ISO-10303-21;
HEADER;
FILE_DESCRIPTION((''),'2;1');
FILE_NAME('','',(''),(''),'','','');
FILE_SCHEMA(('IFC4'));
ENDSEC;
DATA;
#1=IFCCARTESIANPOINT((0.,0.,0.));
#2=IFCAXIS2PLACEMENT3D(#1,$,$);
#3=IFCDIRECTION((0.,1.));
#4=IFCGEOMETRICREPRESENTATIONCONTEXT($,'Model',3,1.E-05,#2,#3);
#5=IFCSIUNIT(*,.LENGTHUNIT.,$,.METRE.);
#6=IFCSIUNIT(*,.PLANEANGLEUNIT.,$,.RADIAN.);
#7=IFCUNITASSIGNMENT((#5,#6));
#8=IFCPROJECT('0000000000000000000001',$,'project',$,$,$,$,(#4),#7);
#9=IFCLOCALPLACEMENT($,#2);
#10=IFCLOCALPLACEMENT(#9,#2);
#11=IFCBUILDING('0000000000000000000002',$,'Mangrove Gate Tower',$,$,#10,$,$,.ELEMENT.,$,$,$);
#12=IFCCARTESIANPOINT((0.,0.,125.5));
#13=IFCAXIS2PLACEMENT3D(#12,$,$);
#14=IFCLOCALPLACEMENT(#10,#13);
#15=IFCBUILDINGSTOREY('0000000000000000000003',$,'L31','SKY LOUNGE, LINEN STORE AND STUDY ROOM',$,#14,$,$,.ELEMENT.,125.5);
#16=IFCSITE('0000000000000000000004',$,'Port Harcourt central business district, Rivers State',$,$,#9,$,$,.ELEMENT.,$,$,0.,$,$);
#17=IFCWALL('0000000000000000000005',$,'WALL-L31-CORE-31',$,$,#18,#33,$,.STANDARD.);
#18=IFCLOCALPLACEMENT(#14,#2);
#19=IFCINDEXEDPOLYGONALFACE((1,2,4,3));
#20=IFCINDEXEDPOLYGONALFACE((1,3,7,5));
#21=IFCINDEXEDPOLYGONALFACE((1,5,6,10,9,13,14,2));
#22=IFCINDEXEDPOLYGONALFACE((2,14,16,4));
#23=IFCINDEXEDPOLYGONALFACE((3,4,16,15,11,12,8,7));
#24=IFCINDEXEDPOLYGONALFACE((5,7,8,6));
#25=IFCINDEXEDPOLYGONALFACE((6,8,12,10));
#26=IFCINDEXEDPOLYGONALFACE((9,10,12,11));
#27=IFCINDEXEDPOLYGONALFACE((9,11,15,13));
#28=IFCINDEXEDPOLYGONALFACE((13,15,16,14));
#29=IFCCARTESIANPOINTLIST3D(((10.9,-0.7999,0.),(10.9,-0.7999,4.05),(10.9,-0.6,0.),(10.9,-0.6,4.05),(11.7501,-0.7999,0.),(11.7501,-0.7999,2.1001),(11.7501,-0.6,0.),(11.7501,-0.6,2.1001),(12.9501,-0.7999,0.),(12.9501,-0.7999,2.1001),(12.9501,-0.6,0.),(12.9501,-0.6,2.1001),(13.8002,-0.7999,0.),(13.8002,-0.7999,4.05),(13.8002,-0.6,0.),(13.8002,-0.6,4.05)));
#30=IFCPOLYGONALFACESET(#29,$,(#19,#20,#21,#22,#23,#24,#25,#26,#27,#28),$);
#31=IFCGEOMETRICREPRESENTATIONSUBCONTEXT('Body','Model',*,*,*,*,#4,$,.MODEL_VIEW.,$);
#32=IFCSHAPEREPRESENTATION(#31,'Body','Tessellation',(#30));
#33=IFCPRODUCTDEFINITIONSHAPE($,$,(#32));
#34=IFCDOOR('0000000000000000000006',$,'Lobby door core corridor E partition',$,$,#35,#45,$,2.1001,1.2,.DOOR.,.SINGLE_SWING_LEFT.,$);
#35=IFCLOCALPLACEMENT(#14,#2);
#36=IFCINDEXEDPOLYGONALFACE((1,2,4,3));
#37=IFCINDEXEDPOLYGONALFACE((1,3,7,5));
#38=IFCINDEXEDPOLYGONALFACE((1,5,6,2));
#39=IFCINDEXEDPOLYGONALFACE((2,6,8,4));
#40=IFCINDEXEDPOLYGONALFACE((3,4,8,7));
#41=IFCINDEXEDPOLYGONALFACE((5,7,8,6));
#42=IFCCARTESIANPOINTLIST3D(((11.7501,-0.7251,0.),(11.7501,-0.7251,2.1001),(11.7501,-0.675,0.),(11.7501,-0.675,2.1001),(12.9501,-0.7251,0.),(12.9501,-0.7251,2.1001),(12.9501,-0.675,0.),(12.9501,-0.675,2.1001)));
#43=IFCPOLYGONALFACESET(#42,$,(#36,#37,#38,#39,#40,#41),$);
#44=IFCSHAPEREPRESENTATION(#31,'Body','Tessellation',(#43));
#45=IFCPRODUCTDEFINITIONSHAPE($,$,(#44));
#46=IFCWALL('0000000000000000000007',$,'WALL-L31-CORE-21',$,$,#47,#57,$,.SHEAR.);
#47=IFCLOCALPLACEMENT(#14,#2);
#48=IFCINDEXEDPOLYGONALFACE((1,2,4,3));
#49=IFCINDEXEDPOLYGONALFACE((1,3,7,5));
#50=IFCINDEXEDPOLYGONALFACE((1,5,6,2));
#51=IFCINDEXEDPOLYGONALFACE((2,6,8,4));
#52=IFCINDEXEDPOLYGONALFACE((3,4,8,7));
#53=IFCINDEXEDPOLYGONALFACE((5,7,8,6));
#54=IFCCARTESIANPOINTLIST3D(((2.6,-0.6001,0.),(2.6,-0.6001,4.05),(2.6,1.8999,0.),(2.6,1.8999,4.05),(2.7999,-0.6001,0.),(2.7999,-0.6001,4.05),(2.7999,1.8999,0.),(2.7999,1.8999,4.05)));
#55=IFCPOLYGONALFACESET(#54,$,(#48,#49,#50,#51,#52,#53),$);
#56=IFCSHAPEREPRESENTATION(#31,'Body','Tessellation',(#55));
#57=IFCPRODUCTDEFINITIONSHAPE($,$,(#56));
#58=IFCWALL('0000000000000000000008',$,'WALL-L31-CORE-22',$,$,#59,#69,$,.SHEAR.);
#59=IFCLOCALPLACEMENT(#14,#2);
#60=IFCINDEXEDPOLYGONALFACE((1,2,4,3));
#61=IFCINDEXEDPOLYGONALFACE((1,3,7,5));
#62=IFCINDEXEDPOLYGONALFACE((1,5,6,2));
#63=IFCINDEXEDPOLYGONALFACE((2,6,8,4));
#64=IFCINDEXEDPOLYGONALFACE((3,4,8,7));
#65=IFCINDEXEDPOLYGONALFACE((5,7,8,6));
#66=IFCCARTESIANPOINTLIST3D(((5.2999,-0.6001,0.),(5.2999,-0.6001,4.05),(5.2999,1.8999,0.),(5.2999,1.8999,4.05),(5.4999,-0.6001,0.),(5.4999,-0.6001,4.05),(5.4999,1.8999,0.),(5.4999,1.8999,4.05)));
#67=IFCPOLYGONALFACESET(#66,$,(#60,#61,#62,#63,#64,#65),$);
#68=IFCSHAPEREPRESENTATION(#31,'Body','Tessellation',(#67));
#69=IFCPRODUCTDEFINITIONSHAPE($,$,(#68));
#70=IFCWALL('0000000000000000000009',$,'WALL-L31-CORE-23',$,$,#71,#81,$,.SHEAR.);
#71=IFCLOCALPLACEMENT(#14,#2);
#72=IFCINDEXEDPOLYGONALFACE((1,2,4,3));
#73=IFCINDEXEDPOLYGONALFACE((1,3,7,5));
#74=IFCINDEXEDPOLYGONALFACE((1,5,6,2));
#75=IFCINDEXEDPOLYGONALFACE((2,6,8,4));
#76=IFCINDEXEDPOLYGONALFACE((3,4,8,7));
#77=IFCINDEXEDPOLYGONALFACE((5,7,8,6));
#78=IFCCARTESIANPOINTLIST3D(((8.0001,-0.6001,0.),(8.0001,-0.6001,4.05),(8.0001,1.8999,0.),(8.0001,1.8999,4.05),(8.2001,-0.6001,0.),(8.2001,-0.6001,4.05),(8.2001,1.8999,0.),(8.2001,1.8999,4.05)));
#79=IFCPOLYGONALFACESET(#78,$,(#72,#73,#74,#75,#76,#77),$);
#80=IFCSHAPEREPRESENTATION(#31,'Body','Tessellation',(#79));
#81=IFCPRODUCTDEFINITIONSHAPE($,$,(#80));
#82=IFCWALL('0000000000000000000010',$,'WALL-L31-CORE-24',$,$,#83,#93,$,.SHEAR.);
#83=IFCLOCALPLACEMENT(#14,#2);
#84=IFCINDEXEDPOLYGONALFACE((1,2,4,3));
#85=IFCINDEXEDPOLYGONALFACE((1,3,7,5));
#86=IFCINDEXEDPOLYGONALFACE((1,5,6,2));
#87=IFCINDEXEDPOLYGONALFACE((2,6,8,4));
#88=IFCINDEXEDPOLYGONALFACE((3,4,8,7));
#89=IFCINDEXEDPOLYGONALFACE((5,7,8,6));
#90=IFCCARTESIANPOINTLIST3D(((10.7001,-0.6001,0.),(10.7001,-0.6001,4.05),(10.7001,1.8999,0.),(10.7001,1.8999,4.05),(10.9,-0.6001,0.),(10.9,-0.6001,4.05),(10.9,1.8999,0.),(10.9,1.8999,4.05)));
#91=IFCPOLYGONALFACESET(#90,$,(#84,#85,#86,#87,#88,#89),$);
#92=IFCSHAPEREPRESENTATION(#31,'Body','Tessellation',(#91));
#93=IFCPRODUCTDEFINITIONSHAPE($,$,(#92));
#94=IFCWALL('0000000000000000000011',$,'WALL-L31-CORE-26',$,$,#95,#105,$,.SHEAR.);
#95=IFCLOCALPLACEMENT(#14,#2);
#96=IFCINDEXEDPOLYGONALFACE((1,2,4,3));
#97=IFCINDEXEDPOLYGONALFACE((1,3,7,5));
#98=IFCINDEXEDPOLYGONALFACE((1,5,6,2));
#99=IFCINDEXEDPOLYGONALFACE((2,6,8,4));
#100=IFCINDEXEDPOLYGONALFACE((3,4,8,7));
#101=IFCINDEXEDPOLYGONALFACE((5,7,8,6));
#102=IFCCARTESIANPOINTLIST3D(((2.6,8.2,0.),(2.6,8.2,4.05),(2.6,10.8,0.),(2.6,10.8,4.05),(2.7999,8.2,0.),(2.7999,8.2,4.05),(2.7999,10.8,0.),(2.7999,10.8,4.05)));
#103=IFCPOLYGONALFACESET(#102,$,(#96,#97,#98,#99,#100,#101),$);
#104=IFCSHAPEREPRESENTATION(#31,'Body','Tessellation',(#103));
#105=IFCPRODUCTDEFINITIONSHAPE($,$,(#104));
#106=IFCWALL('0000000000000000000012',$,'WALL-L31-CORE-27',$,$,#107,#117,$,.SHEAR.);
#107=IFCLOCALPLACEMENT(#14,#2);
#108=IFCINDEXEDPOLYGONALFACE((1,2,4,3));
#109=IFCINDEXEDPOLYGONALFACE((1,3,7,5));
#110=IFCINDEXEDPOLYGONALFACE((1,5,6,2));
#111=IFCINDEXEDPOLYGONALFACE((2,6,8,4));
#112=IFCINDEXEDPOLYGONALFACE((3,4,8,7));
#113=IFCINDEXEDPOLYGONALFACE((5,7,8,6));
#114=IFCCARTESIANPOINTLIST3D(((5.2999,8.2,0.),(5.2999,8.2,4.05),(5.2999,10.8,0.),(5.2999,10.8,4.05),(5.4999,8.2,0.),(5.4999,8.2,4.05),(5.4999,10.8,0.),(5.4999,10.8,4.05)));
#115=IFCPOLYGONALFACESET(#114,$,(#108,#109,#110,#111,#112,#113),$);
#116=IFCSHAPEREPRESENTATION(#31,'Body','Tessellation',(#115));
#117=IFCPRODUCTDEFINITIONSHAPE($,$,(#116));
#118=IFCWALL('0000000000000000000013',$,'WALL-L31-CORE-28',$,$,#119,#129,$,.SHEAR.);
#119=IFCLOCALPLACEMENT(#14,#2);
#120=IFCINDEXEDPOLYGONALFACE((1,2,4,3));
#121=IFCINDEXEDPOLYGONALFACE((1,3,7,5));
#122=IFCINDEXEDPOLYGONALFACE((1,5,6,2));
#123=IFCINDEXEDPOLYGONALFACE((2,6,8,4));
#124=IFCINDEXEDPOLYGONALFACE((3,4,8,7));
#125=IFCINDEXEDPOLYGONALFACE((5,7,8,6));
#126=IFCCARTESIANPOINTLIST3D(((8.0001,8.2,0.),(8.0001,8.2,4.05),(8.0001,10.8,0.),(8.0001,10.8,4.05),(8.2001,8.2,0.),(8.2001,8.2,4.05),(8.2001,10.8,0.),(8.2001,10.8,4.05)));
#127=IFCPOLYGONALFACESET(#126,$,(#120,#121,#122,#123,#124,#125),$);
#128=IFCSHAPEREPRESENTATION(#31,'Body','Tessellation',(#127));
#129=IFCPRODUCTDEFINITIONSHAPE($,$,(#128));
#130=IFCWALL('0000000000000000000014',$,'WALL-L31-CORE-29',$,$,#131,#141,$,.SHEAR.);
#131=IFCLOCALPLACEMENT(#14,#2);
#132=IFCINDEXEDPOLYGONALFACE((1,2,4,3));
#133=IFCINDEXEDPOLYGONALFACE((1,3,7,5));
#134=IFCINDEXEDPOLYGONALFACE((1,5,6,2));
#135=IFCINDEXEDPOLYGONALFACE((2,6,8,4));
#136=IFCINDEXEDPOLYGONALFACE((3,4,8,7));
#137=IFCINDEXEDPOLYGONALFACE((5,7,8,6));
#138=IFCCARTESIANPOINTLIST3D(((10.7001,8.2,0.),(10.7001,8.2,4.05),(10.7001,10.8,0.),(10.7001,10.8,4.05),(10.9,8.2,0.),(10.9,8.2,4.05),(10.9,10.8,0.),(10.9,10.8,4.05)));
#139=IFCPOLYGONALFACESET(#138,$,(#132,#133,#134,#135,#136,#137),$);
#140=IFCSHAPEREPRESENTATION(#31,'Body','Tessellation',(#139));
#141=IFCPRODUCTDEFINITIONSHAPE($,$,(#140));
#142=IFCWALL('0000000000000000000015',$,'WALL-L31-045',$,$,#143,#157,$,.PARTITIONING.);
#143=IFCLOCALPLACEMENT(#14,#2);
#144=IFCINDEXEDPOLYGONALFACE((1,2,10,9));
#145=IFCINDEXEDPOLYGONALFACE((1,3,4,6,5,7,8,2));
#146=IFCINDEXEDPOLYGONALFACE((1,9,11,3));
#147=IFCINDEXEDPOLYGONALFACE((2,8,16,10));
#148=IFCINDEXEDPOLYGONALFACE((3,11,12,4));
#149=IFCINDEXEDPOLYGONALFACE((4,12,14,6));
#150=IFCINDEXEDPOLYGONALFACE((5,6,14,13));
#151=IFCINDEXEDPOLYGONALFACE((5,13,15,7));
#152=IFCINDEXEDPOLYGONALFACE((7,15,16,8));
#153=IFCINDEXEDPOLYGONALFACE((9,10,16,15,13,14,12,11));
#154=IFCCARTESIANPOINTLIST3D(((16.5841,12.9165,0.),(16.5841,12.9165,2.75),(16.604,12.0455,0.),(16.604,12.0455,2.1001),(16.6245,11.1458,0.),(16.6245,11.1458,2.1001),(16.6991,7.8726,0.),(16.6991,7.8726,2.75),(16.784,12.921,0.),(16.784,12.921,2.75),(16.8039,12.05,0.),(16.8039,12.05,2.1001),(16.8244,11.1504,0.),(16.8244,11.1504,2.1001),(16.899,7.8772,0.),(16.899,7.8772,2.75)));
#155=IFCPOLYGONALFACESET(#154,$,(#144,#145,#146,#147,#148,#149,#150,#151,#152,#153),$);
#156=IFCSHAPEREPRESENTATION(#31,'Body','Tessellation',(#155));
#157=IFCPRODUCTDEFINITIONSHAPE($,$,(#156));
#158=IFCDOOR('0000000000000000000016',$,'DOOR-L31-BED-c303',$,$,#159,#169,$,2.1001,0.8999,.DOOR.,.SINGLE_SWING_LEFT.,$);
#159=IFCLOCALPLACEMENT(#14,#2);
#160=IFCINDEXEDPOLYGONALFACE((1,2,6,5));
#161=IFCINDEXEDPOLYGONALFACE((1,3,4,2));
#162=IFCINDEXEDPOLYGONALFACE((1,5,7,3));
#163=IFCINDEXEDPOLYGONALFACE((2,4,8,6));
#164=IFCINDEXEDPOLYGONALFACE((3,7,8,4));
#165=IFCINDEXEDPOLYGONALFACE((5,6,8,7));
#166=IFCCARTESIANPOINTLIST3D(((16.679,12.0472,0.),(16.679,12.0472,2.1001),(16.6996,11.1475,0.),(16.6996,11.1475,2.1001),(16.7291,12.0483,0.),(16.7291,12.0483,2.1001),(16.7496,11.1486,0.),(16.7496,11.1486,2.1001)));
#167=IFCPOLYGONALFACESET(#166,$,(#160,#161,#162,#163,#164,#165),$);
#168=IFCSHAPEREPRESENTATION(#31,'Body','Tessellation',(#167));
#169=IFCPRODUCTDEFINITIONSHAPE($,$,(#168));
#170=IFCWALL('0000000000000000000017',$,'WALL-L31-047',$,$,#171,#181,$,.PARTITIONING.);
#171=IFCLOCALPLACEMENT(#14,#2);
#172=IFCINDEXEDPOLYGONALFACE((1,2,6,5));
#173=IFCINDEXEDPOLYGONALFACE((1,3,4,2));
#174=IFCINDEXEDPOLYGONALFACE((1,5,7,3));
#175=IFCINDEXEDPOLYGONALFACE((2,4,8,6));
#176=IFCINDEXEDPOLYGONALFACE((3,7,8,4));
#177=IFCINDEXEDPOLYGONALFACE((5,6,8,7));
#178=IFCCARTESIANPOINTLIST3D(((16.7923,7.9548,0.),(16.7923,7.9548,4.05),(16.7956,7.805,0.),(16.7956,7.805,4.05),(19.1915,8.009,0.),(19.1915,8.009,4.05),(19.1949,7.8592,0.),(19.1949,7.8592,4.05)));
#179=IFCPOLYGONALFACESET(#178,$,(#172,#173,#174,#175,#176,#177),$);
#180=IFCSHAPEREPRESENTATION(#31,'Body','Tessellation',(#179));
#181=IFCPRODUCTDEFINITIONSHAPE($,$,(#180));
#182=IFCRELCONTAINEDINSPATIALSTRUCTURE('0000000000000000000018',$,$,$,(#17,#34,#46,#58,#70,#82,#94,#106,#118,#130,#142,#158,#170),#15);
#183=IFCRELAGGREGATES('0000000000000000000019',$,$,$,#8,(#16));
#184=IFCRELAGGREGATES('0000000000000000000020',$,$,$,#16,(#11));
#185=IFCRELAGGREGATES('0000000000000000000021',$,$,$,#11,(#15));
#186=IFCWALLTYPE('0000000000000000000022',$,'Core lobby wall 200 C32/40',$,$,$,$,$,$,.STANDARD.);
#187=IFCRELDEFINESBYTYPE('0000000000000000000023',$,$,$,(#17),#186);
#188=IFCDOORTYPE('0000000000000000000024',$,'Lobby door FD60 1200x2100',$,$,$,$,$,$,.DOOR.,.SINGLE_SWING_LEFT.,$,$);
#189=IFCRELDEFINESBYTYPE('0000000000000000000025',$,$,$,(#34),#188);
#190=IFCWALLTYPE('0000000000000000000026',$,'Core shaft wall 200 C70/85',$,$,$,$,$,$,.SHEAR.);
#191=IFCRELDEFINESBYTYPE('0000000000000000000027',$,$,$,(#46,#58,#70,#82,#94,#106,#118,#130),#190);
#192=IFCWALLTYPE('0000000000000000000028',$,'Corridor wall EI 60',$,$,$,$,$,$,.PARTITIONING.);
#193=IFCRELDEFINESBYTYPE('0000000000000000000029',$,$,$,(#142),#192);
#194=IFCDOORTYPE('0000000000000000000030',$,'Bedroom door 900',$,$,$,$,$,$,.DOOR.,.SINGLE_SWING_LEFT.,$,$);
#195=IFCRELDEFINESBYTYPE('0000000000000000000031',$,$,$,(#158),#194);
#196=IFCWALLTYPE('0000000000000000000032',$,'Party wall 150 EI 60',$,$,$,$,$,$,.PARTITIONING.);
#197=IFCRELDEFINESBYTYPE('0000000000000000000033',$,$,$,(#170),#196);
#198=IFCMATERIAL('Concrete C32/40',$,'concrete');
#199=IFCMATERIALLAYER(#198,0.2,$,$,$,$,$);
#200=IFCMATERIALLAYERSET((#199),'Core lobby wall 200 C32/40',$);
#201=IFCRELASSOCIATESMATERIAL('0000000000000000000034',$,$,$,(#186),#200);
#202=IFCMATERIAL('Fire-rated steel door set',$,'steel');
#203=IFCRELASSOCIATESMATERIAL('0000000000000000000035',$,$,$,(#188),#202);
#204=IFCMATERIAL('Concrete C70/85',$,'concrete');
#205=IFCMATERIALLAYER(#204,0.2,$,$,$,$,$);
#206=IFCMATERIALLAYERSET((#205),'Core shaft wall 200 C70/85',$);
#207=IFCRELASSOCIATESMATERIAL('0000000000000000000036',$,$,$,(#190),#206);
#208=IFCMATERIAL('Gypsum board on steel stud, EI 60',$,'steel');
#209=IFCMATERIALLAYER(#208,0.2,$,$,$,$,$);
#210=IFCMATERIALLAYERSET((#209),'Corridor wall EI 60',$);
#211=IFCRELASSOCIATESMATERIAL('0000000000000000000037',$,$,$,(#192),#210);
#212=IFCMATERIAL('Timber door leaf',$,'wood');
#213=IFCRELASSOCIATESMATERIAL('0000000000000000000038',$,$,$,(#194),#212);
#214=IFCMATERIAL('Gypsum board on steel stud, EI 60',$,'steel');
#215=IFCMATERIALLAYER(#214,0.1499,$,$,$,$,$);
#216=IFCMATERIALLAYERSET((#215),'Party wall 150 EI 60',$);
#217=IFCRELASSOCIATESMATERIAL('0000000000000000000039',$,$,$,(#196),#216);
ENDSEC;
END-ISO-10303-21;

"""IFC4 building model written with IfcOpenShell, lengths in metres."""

from ifc_helpers import new_model, si_unit, direction, frame, frame_2d, origin, place, context, subcontext, project, spatial, rectangle, extrude, material, layer, layer_set, type_object, element, fill, save


model = new_model("IFC4")

# Units and contexts
model_context = context("Model", 3, precision=1e-05, world=origin(), true_north=direction((0.0, 1.0)))
body_context = subcontext(model_context, "Body", "Model", "MODEL_VIEW")
ifc_project = project(units=[si_unit("LENGTHUNIT", "METRE"), si_unit("PLANEANGLEUNIT", "RADIAN")], contexts=[model_context])

# Site, building, storey
site_placement = place(None, origin())
site = spatial("IfcSite", under=ifc_project, at=site_placement, Name="Port Harcourt central business district, Rivers State", CompositionType="ELEMENT", RefElevation=0.0)
building_placement = place(site_placement, origin())
building = spatial("IfcBuilding", under=site, at=building_placement, Name="Mangrove Gate Tower", CompositionType="ELEMENT")
storey_placement = place(building_placement, frame((0.0, 0.0, 125.5)))
storey = spatial("IfcBuildingStorey", under=building, at=storey_placement, Name="L31", Description="SKY LOUNGE, LINEN STORE AND STUDY ROOM", CompositionType="ELEMENT", Elevation=125.5)

# Wall, opening, door
ifc_material_1 = material(Name="Concrete C32/40", Category="concrete")
ifc_layer_1 = layer(ifc_material_1, 0.2)
ifc_layer_set_1 = layer_set([ifc_layer_1], Name="Core lobby wall 200 C32/40")
wall_type_1 = type_object("IfcWallType", Name="Core lobby wall 200 C32/40", PredefinedType="STANDARD", material=ifc_layer_set_1)
wall_1_placement = place(storey_placement, frame((10.8999, -0.7, 0.0), z_axis=(0.0, 0.0, 1.0), x_axis=(1.0, 0.0, 0.0)))
wall_1 = element("IfcWall", 1, at=wall_1_placement, inside=storey, type_object=wall_type_1, Name="WALL-L31-CORE-31", PredefinedType="STANDARD", context=body_context, shape_type="SweptSolid", body=[
    extrude(rectangle(XDim=2.9001, YDim=0.2, at=frame_2d((1.4502, 0.0))), origin(), (0.0, 0.0, 1.0), 4.05),
])
opening_1_placement = place(wall_1_placement, frame((0.8501, 0.0, 0.0)))
opening_1 = element("IfcOpeningElement", 2, at=opening_1_placement, cuts=wall_1, PredefinedType="OPENING", context=body_context, shape_type="SweptSolid", body=[
    extrude(rectangle(XDim=1.2, YDim=2.1001, at=frame_2d((0.6001, 1.05))), frame((0.0, 0.1099, 0.0), z_axis=(0.0, -1.0, 0.0), x_axis=(1.0, 0.0, 0.0)), (0.0, 0.0, 1.0), 0.22),
])
ifc_material_2 = material(Name="Fire-rated steel door set", Category="steel")
door_type_1 = type_object("IfcDoorType", Name="Lobby door FD60 1200x2100", OperationType="SINGLE_SWING_LEFT", PredefinedType="DOOR", material=ifc_material_2)
door_1_placement = place(opening_1_placement, origin())
door_1 = element("IfcDoor", 3, at=door_1_placement, inside=storey, type_object=door_type_1, Name="Lobby door core corridor E partition", OperationType="SINGLE_SWING_LEFT", OverallHeight=2.1001, OverallWidth=1.2, PredefinedType="DOOR", context=body_context, shape_type="SweptSolid", body=[
    extrude(rectangle(XDim=1.2, YDim=2.1001, at=frame_2d((0.6001, 1.05))), frame((0.0, 0.0249, 0.0), z_axis=(0.0, -1.0, 0.0), x_axis=(1.0, 0.0, 0.0)), (0.0, 0.0, 1.0), 0.05),
])
fill(opening_1, door_1)

# Walls
ifc_material_3 = material(Name="Concrete C70/85", Category="concrete")
ifc_layer_2 = layer(ifc_material_3, 0.2)
ifc_layer_set_2 = layer_set([ifc_layer_2], Name="Core shaft wall 200 C70/85")
wall_type_2 = type_object("IfcWallType", Name="Core shaft wall 200 C70/85", PredefinedType="SHEAR", material=ifc_layer_set_2)
for number, where, z_axis, x_axis, name in (
    (4, (2.7, -0.6001, 0.0), (0.0, 0.0, 1.0), (0.0, 1.0, 0.0), "WALL-L31-CORE-21"),
    (5, (5.3999, -0.6001, 0.0), (0.0, 0.0, 1.0), (0.0, 1.0, 0.0), "WALL-L31-CORE-22"),
    (6, (8.1001, -0.6001, 0.0), (0.0, 0.0, 1.0), (0.0, 1.0, 0.0), "WALL-L31-CORE-23"),
    (7, (10.8, -0.6001, 0.0), (0.0, 0.0, 1.0), (0.0, 1.0, 0.0), "WALL-L31-CORE-24"),
):
    element("IfcWall", number, at=place(storey_placement, frame(where, z_axis=z_axis, x_axis=x_axis)), inside=storey, type_object=wall_type_2, Name=name, PredefinedType="SHEAR", context=body_context, shape_type="SweptSolid", body=[
        extrude(rectangle(XDim=2.5, YDim=0.2, at=frame_2d((1.25, 0.0))), origin(), (0.0, 0.0, 1.0), 4.05),
    ])
for number, where, z_axis, x_axis, name in (
    (8, (2.7, 8.2, 0.0), (0.0, 0.0, 1.0), (0.0, 1.0, 0.0), "WALL-L31-CORE-26"),
    (9, (5.3999, 8.2, 0.0), (0.0, 0.0, 1.0), (0.0, 1.0, 0.0), "WALL-L31-CORE-27"),
    (10, (8.1001, 8.2, 0.0), (0.0, 0.0, 1.0), (0.0, 1.0, 0.0), "WALL-L31-CORE-28"),
    (11, (10.8, 8.2, 0.0), (0.0, 0.0, 1.0), (0.0, 1.0, 0.0), "WALL-L31-CORE-29"),
):
    element("IfcWall", number, at=place(storey_placement, frame(where, z_axis=z_axis, x_axis=x_axis)), inside=storey, type_object=wall_type_2, Name=name, PredefinedType="SHEAR", context=body_context, shape_type="SweptSolid", body=[
        extrude(rectangle(XDim=2.6001, YDim=0.2, at=frame_2d((1.3, 0.0))), origin(), (0.0, 0.0, 1.0), 4.05),
    ])

# Wall, opening, door
ifc_material_4 = material(Name="Gypsum board on steel stud, EI 60", Category="steel")
ifc_layer_3 = layer(ifc_material_4, 0.2)
ifc_layer_set_3 = layer_set([ifc_layer_3], Name="Corridor wall EI 60")
wall_type_3 = type_object("IfcWallType", Name="Corridor wall EI 60", PredefinedType="PARTITIONING", material=ifc_layer_set_3)
wall_2_placement = place(storey_placement, frame((16.7991, 7.875, 0.0), z_axis=(0.0, 0.0, 1.0), x_axis=(-0.022792, 0.99974, 0.0)))
wall_2 = element("IfcWall", 12, at=wall_2_placement, inside=storey, type_object=wall_type_3, Name="WALL-L31-045", PredefinedType="PARTITIONING", context=body_context, shape_type="SweptSolid", body=[
    extrude(rectangle(XDim=5.0452, YDim=0.2, at=frame_2d((2.5225, 0.0))), origin(), (0.0, 0.0, 1.0), 2.75),
])
opening_2_placement = place(wall_2_placement, frame((3.2739, 0.0, 0.0)))
opening_2 = element("IfcOpeningElement", 13, at=opening_2_placement, cuts=wall_2, PredefinedType="OPENING", context=body_context, shape_type="SweptSolid", body=[
    extrude(rectangle(XDim=0.8999, YDim=2.1001, at=frame_2d((0.45, 1.05))), frame((0.0, 0.1099, 0.0), z_axis=(0.0, -1.0, 0.0), x_axis=(1.0, 0.0, 0.0)), (0.0, 0.0, 1.0), 0.22),
])
ifc_material_5 = material(Name="Timber door leaf", Category="wood")
door_type_2 = type_object("IfcDoorType", Name="Bedroom door 900", OperationType="SINGLE_SWING_LEFT", PredefinedType="DOOR", material=ifc_material_5)
door_2_placement = place(opening_2_placement, origin())
door_2 = element("IfcDoor", 14, at=door_2_placement, inside=storey, type_object=door_type_2, Name="DOOR-L31-BED-c303", OperationType="SINGLE_SWING_LEFT", OverallHeight=2.1001, OverallWidth=0.8999, PredefinedType="DOOR", context=body_context, shape_type="SweptSolid", body=[
    extrude(rectangle(XDim=0.8999, YDim=2.1001, at=frame_2d((0.45, 1.05))), frame((0.0, 0.0249, 0.0), z_axis=(0.0, -1.0, 0.0), x_axis=(1.0, 0.0, 0.0)), (0.0, 0.0, 1.0), 0.05),
])
fill(opening_2, door_2)

# Wall
ifc_material_6 = material(Name="Gypsum board on steel stud, EI 60", Category="steel")
ifc_layer_4 = layer(ifc_material_6, 0.1499)
ifc_layer_set_4 = layer_set([ifc_layer_4], Name="Party wall 150 EI 60")
wall_type_4 = type_object("IfcWallType", Name="Party wall 150 EI 60", PredefinedType="PARTITIONING", material=ifc_layer_set_4)
wall_3_placement = place(storey_placement, frame((16.7939, 7.8799, 0.0), z_axis=(0.0, 0.0, 1.0), x_axis=(0.999745, 0.022585, 0.0)))
element("IfcWall", 15, at=wall_3_placement, inside=storey, type_object=wall_type_4, Name="WALL-L31-047", PredefinedType="PARTITIONING", context=body_context, shape_type="SweptSolid", body=[
    extrude(rectangle(XDim=2.3999, YDim=0.1499, at=frame_2d((1.2, 0.0))), origin(), (0.0, 0.0, 1.0), 4.05),
])

save(model, "model.ifc")
